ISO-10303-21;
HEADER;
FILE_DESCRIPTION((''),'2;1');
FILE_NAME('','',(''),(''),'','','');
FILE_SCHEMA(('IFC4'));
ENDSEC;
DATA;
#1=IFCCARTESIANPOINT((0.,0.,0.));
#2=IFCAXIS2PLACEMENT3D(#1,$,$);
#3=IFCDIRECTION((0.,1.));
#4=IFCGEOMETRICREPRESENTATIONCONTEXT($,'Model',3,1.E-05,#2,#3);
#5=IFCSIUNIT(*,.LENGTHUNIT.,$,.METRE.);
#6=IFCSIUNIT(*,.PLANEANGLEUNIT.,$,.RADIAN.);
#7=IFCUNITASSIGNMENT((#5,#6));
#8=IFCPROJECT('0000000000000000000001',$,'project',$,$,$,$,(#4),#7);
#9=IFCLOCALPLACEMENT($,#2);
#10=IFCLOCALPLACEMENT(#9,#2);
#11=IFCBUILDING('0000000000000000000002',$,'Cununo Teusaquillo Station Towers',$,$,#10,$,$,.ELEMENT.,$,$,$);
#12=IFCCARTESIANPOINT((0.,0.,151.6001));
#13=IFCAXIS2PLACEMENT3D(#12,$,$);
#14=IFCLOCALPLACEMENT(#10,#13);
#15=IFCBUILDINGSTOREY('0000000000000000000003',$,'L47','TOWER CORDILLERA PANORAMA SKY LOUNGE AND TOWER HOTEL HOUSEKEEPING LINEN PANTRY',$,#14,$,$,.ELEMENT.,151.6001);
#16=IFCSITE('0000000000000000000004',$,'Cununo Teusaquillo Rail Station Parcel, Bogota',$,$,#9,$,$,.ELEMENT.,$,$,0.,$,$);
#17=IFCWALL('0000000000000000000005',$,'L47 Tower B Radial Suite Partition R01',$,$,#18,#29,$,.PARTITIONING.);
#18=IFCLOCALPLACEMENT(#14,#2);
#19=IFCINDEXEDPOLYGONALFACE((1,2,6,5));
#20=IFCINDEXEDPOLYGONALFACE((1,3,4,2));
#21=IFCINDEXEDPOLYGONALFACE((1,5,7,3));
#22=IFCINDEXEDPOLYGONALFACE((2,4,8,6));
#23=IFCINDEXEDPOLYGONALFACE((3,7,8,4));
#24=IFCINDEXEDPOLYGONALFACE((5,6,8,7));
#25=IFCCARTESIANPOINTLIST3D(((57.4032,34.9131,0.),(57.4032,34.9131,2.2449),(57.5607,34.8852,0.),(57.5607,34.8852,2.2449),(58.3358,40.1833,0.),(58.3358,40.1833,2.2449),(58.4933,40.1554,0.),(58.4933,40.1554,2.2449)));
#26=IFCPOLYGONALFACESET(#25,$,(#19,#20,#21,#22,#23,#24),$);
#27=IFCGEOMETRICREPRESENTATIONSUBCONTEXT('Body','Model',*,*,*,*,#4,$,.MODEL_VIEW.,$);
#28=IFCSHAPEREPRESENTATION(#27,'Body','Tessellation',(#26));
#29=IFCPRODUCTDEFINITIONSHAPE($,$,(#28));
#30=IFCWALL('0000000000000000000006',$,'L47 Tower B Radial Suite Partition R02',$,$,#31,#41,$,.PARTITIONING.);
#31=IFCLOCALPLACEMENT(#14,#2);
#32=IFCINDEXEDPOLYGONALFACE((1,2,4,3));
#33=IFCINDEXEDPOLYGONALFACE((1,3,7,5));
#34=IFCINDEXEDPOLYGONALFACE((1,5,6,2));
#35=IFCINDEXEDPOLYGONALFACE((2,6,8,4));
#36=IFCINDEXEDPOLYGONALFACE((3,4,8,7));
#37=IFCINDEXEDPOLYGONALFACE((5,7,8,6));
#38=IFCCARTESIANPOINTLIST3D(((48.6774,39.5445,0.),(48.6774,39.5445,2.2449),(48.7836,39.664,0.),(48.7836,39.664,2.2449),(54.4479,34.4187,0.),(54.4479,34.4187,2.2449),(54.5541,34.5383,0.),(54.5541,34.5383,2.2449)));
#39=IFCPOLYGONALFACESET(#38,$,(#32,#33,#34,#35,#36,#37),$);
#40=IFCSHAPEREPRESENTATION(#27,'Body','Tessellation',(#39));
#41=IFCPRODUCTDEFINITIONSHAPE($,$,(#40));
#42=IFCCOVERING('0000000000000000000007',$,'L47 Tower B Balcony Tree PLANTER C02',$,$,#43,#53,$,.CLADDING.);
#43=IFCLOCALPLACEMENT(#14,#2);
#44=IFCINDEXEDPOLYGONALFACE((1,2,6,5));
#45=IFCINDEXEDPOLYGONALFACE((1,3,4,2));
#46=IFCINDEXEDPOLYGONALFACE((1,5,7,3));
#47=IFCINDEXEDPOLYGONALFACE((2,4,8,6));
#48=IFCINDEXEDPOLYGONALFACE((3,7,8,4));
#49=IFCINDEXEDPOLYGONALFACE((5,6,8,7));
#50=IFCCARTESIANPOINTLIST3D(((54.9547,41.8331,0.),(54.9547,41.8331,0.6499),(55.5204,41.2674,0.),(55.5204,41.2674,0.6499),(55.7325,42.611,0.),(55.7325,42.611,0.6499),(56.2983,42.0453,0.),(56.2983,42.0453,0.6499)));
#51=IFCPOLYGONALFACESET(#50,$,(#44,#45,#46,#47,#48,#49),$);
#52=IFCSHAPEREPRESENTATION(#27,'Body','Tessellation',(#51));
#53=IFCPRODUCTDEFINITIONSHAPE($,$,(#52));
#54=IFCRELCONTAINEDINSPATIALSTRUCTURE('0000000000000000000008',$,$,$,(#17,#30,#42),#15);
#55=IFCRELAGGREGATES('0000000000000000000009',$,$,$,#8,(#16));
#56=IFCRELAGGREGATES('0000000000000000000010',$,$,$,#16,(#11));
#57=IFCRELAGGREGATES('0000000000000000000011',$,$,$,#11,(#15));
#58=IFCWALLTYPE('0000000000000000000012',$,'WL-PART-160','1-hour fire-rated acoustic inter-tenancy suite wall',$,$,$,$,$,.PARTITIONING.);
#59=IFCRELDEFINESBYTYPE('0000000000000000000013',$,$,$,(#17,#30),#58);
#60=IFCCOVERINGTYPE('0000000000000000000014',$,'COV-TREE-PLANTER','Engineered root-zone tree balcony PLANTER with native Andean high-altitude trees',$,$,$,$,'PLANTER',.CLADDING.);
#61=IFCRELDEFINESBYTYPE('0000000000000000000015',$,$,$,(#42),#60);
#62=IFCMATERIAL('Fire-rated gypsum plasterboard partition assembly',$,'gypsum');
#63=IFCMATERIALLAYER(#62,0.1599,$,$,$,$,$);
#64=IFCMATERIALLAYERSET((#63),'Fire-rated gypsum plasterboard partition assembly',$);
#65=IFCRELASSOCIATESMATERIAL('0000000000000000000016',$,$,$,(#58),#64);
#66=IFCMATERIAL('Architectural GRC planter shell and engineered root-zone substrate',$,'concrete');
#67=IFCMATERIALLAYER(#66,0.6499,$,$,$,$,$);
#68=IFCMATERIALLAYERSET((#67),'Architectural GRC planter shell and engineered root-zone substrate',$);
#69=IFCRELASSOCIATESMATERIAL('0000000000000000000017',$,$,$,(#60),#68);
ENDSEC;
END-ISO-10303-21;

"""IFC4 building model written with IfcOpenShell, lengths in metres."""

from ifc_helpers import new_model, si_unit, direction, frame, frame_2d, origin, origin_2d, place, context, subcontext, project, spatial, rectangle, extrude, source, transform, mapped, material, layer, layer_set, type_object, element, save


model = new_model("IFC4")

# Units and contexts
model_context = context("Model", 3, precision=1e-05, world=origin(), true_north=direction((0.0, 1.0)))
body_context = subcontext(model_context, "Body", "Model", "MODEL_VIEW")
ifc_project = project(units=[si_unit("LENGTHUNIT", "METRE"), si_unit("PLANEANGLEUNIT", "RADIAN")], contexts=[model_context])

# Site, building, storey
site_placement = place(None, origin())
site = spatial("IfcSite", under=ifc_project, at=site_placement, Name="Cununo Teusaquillo Rail Station Parcel, Bogota", CompositionType="ELEMENT", RefElevation=0.0)
building_placement = place(site_placement, origin())
building = spatial("IfcBuilding", under=site, at=building_placement, Name="Cununo Teusaquillo Station Towers", CompositionType="ELEMENT")
storey_placement = place(building_placement, frame((0.0, 0.0, 151.6001)))
storey = spatial("IfcBuildingStorey", under=building, at=storey_placement, Name="L47", Description="TOWER CORDILLERA PANORAMA SKY LOUNGE AND TOWER HOTEL HOUSEKEEPING LINEN PANTRY", CompositionType="ELEMENT", Elevation=151.6001)

# Walls
ifc_material_1 = material(Name="Fire-rated gypsum plasterboard partition assembly", Category="gypsum")
ifc_layer_1 = layer(ifc_material_1, 0.1599)
ifc_layer_set_1 = layer_set([ifc_layer_1], Name="Fire-rated gypsum plasterboard partition assembly")
wall_type_1 = type_object("IfcWallType", Name="WL-PART-160", Description="1-hour fire-rated acoustic inter-tenancy suite wall", PredefinedType="PARTITIONING", material=ifc_layer_set_1)
wall_1_placement = place(storey_placement, frame((57.4819, 34.8992, 0.0), z_axis=(0.0, 0.0, 1.0), x_axis=(0.174251, 0.984701, 0.0)))
element("IfcWall", 1, at=wall_1_placement, inside=storey, type_object=wall_type_1, Name="L47 Tower B Radial Suite Partition R01", PredefinedType="PARTITIONING", context=body_context, shape_type="SweptSolid", body=[
    extrude(rectangle(XDim=5.3521, YDim=0.1599, at=frame_2d((2.676, 0.0))), origin(), (0.0, 0.0, 1.0), 2.2449),
])
wall_2_placement = place(storey_placement, frame((54.501, 34.4785, 0.0), z_axis=(0.0, 0.0, 1.0), x_axis=(-0.747641, 0.664103, 0.0)))
element("IfcWall", 2, at=wall_2_placement, inside=storey, type_object=wall_type_1, Name="L47 Tower B Radial Suite Partition R02", PredefinedType="PARTITIONING", context=body_context, shape_type="SweptSolid", body=[
    extrude(rectangle(XDim=7.7183, YDim=0.1599, at=frame_2d((3.8591, 0.0))), origin(), (0.0, 0.0, 1.0), 2.2449),
])

# Covering
ifc_material_2 = material(Name="Architectural GRC planter shell and engineered root-zone substrate", Category="concrete")
ifc_layer_2 = layer(ifc_material_2, 0.6499)
ifc_layer_set_2 = layer_set([ifc_layer_2], Name="Architectural GRC planter shell and engineered root-zone substrate")
covering_type = type_object("IfcCoveringType", Name="COV-TREE-PLANTER", Description="Engineered root-zone tree balcony PLANTER with native Andean high-altitude trees", ElementType="PLANTER", PredefinedType="CLADDING", material=ifc_layer_set_2)
shared_shape_1 = source(origin(), body_context, "Body", "SweptSolid", [
    extrude(rectangle(XDim=1.1001, YDim=0.8, at=origin_2d()), origin(), (0.0, 0.0, 1.0), 0.6499),
])
covering_placement = place(storey_placement, frame((55.6265, 41.9392, 0.0), z_axis=(0.0, 0.0, 1.0), x_axis=(0.707107, 0.707107, 0.0)))
element("IfcCovering", 3, at=covering_placement, inside=storey, type_object=covering_type, Name="L47 Tower B Balcony Tree PLANTER C02", PredefinedType="CLADDING", context=body_context, shape_type="MappedRepresentation", body=[
    mapped(shared_shape_1, transform((0.0, 0.0, 0.0), x_axis=(1.0, 0.0, 0.0), y_axis=(0.0, 1.0, 0.0), z_axis=(0.0, 0.0, 1.0), scale=1.0)),
])

save(model, "model.ifc")
